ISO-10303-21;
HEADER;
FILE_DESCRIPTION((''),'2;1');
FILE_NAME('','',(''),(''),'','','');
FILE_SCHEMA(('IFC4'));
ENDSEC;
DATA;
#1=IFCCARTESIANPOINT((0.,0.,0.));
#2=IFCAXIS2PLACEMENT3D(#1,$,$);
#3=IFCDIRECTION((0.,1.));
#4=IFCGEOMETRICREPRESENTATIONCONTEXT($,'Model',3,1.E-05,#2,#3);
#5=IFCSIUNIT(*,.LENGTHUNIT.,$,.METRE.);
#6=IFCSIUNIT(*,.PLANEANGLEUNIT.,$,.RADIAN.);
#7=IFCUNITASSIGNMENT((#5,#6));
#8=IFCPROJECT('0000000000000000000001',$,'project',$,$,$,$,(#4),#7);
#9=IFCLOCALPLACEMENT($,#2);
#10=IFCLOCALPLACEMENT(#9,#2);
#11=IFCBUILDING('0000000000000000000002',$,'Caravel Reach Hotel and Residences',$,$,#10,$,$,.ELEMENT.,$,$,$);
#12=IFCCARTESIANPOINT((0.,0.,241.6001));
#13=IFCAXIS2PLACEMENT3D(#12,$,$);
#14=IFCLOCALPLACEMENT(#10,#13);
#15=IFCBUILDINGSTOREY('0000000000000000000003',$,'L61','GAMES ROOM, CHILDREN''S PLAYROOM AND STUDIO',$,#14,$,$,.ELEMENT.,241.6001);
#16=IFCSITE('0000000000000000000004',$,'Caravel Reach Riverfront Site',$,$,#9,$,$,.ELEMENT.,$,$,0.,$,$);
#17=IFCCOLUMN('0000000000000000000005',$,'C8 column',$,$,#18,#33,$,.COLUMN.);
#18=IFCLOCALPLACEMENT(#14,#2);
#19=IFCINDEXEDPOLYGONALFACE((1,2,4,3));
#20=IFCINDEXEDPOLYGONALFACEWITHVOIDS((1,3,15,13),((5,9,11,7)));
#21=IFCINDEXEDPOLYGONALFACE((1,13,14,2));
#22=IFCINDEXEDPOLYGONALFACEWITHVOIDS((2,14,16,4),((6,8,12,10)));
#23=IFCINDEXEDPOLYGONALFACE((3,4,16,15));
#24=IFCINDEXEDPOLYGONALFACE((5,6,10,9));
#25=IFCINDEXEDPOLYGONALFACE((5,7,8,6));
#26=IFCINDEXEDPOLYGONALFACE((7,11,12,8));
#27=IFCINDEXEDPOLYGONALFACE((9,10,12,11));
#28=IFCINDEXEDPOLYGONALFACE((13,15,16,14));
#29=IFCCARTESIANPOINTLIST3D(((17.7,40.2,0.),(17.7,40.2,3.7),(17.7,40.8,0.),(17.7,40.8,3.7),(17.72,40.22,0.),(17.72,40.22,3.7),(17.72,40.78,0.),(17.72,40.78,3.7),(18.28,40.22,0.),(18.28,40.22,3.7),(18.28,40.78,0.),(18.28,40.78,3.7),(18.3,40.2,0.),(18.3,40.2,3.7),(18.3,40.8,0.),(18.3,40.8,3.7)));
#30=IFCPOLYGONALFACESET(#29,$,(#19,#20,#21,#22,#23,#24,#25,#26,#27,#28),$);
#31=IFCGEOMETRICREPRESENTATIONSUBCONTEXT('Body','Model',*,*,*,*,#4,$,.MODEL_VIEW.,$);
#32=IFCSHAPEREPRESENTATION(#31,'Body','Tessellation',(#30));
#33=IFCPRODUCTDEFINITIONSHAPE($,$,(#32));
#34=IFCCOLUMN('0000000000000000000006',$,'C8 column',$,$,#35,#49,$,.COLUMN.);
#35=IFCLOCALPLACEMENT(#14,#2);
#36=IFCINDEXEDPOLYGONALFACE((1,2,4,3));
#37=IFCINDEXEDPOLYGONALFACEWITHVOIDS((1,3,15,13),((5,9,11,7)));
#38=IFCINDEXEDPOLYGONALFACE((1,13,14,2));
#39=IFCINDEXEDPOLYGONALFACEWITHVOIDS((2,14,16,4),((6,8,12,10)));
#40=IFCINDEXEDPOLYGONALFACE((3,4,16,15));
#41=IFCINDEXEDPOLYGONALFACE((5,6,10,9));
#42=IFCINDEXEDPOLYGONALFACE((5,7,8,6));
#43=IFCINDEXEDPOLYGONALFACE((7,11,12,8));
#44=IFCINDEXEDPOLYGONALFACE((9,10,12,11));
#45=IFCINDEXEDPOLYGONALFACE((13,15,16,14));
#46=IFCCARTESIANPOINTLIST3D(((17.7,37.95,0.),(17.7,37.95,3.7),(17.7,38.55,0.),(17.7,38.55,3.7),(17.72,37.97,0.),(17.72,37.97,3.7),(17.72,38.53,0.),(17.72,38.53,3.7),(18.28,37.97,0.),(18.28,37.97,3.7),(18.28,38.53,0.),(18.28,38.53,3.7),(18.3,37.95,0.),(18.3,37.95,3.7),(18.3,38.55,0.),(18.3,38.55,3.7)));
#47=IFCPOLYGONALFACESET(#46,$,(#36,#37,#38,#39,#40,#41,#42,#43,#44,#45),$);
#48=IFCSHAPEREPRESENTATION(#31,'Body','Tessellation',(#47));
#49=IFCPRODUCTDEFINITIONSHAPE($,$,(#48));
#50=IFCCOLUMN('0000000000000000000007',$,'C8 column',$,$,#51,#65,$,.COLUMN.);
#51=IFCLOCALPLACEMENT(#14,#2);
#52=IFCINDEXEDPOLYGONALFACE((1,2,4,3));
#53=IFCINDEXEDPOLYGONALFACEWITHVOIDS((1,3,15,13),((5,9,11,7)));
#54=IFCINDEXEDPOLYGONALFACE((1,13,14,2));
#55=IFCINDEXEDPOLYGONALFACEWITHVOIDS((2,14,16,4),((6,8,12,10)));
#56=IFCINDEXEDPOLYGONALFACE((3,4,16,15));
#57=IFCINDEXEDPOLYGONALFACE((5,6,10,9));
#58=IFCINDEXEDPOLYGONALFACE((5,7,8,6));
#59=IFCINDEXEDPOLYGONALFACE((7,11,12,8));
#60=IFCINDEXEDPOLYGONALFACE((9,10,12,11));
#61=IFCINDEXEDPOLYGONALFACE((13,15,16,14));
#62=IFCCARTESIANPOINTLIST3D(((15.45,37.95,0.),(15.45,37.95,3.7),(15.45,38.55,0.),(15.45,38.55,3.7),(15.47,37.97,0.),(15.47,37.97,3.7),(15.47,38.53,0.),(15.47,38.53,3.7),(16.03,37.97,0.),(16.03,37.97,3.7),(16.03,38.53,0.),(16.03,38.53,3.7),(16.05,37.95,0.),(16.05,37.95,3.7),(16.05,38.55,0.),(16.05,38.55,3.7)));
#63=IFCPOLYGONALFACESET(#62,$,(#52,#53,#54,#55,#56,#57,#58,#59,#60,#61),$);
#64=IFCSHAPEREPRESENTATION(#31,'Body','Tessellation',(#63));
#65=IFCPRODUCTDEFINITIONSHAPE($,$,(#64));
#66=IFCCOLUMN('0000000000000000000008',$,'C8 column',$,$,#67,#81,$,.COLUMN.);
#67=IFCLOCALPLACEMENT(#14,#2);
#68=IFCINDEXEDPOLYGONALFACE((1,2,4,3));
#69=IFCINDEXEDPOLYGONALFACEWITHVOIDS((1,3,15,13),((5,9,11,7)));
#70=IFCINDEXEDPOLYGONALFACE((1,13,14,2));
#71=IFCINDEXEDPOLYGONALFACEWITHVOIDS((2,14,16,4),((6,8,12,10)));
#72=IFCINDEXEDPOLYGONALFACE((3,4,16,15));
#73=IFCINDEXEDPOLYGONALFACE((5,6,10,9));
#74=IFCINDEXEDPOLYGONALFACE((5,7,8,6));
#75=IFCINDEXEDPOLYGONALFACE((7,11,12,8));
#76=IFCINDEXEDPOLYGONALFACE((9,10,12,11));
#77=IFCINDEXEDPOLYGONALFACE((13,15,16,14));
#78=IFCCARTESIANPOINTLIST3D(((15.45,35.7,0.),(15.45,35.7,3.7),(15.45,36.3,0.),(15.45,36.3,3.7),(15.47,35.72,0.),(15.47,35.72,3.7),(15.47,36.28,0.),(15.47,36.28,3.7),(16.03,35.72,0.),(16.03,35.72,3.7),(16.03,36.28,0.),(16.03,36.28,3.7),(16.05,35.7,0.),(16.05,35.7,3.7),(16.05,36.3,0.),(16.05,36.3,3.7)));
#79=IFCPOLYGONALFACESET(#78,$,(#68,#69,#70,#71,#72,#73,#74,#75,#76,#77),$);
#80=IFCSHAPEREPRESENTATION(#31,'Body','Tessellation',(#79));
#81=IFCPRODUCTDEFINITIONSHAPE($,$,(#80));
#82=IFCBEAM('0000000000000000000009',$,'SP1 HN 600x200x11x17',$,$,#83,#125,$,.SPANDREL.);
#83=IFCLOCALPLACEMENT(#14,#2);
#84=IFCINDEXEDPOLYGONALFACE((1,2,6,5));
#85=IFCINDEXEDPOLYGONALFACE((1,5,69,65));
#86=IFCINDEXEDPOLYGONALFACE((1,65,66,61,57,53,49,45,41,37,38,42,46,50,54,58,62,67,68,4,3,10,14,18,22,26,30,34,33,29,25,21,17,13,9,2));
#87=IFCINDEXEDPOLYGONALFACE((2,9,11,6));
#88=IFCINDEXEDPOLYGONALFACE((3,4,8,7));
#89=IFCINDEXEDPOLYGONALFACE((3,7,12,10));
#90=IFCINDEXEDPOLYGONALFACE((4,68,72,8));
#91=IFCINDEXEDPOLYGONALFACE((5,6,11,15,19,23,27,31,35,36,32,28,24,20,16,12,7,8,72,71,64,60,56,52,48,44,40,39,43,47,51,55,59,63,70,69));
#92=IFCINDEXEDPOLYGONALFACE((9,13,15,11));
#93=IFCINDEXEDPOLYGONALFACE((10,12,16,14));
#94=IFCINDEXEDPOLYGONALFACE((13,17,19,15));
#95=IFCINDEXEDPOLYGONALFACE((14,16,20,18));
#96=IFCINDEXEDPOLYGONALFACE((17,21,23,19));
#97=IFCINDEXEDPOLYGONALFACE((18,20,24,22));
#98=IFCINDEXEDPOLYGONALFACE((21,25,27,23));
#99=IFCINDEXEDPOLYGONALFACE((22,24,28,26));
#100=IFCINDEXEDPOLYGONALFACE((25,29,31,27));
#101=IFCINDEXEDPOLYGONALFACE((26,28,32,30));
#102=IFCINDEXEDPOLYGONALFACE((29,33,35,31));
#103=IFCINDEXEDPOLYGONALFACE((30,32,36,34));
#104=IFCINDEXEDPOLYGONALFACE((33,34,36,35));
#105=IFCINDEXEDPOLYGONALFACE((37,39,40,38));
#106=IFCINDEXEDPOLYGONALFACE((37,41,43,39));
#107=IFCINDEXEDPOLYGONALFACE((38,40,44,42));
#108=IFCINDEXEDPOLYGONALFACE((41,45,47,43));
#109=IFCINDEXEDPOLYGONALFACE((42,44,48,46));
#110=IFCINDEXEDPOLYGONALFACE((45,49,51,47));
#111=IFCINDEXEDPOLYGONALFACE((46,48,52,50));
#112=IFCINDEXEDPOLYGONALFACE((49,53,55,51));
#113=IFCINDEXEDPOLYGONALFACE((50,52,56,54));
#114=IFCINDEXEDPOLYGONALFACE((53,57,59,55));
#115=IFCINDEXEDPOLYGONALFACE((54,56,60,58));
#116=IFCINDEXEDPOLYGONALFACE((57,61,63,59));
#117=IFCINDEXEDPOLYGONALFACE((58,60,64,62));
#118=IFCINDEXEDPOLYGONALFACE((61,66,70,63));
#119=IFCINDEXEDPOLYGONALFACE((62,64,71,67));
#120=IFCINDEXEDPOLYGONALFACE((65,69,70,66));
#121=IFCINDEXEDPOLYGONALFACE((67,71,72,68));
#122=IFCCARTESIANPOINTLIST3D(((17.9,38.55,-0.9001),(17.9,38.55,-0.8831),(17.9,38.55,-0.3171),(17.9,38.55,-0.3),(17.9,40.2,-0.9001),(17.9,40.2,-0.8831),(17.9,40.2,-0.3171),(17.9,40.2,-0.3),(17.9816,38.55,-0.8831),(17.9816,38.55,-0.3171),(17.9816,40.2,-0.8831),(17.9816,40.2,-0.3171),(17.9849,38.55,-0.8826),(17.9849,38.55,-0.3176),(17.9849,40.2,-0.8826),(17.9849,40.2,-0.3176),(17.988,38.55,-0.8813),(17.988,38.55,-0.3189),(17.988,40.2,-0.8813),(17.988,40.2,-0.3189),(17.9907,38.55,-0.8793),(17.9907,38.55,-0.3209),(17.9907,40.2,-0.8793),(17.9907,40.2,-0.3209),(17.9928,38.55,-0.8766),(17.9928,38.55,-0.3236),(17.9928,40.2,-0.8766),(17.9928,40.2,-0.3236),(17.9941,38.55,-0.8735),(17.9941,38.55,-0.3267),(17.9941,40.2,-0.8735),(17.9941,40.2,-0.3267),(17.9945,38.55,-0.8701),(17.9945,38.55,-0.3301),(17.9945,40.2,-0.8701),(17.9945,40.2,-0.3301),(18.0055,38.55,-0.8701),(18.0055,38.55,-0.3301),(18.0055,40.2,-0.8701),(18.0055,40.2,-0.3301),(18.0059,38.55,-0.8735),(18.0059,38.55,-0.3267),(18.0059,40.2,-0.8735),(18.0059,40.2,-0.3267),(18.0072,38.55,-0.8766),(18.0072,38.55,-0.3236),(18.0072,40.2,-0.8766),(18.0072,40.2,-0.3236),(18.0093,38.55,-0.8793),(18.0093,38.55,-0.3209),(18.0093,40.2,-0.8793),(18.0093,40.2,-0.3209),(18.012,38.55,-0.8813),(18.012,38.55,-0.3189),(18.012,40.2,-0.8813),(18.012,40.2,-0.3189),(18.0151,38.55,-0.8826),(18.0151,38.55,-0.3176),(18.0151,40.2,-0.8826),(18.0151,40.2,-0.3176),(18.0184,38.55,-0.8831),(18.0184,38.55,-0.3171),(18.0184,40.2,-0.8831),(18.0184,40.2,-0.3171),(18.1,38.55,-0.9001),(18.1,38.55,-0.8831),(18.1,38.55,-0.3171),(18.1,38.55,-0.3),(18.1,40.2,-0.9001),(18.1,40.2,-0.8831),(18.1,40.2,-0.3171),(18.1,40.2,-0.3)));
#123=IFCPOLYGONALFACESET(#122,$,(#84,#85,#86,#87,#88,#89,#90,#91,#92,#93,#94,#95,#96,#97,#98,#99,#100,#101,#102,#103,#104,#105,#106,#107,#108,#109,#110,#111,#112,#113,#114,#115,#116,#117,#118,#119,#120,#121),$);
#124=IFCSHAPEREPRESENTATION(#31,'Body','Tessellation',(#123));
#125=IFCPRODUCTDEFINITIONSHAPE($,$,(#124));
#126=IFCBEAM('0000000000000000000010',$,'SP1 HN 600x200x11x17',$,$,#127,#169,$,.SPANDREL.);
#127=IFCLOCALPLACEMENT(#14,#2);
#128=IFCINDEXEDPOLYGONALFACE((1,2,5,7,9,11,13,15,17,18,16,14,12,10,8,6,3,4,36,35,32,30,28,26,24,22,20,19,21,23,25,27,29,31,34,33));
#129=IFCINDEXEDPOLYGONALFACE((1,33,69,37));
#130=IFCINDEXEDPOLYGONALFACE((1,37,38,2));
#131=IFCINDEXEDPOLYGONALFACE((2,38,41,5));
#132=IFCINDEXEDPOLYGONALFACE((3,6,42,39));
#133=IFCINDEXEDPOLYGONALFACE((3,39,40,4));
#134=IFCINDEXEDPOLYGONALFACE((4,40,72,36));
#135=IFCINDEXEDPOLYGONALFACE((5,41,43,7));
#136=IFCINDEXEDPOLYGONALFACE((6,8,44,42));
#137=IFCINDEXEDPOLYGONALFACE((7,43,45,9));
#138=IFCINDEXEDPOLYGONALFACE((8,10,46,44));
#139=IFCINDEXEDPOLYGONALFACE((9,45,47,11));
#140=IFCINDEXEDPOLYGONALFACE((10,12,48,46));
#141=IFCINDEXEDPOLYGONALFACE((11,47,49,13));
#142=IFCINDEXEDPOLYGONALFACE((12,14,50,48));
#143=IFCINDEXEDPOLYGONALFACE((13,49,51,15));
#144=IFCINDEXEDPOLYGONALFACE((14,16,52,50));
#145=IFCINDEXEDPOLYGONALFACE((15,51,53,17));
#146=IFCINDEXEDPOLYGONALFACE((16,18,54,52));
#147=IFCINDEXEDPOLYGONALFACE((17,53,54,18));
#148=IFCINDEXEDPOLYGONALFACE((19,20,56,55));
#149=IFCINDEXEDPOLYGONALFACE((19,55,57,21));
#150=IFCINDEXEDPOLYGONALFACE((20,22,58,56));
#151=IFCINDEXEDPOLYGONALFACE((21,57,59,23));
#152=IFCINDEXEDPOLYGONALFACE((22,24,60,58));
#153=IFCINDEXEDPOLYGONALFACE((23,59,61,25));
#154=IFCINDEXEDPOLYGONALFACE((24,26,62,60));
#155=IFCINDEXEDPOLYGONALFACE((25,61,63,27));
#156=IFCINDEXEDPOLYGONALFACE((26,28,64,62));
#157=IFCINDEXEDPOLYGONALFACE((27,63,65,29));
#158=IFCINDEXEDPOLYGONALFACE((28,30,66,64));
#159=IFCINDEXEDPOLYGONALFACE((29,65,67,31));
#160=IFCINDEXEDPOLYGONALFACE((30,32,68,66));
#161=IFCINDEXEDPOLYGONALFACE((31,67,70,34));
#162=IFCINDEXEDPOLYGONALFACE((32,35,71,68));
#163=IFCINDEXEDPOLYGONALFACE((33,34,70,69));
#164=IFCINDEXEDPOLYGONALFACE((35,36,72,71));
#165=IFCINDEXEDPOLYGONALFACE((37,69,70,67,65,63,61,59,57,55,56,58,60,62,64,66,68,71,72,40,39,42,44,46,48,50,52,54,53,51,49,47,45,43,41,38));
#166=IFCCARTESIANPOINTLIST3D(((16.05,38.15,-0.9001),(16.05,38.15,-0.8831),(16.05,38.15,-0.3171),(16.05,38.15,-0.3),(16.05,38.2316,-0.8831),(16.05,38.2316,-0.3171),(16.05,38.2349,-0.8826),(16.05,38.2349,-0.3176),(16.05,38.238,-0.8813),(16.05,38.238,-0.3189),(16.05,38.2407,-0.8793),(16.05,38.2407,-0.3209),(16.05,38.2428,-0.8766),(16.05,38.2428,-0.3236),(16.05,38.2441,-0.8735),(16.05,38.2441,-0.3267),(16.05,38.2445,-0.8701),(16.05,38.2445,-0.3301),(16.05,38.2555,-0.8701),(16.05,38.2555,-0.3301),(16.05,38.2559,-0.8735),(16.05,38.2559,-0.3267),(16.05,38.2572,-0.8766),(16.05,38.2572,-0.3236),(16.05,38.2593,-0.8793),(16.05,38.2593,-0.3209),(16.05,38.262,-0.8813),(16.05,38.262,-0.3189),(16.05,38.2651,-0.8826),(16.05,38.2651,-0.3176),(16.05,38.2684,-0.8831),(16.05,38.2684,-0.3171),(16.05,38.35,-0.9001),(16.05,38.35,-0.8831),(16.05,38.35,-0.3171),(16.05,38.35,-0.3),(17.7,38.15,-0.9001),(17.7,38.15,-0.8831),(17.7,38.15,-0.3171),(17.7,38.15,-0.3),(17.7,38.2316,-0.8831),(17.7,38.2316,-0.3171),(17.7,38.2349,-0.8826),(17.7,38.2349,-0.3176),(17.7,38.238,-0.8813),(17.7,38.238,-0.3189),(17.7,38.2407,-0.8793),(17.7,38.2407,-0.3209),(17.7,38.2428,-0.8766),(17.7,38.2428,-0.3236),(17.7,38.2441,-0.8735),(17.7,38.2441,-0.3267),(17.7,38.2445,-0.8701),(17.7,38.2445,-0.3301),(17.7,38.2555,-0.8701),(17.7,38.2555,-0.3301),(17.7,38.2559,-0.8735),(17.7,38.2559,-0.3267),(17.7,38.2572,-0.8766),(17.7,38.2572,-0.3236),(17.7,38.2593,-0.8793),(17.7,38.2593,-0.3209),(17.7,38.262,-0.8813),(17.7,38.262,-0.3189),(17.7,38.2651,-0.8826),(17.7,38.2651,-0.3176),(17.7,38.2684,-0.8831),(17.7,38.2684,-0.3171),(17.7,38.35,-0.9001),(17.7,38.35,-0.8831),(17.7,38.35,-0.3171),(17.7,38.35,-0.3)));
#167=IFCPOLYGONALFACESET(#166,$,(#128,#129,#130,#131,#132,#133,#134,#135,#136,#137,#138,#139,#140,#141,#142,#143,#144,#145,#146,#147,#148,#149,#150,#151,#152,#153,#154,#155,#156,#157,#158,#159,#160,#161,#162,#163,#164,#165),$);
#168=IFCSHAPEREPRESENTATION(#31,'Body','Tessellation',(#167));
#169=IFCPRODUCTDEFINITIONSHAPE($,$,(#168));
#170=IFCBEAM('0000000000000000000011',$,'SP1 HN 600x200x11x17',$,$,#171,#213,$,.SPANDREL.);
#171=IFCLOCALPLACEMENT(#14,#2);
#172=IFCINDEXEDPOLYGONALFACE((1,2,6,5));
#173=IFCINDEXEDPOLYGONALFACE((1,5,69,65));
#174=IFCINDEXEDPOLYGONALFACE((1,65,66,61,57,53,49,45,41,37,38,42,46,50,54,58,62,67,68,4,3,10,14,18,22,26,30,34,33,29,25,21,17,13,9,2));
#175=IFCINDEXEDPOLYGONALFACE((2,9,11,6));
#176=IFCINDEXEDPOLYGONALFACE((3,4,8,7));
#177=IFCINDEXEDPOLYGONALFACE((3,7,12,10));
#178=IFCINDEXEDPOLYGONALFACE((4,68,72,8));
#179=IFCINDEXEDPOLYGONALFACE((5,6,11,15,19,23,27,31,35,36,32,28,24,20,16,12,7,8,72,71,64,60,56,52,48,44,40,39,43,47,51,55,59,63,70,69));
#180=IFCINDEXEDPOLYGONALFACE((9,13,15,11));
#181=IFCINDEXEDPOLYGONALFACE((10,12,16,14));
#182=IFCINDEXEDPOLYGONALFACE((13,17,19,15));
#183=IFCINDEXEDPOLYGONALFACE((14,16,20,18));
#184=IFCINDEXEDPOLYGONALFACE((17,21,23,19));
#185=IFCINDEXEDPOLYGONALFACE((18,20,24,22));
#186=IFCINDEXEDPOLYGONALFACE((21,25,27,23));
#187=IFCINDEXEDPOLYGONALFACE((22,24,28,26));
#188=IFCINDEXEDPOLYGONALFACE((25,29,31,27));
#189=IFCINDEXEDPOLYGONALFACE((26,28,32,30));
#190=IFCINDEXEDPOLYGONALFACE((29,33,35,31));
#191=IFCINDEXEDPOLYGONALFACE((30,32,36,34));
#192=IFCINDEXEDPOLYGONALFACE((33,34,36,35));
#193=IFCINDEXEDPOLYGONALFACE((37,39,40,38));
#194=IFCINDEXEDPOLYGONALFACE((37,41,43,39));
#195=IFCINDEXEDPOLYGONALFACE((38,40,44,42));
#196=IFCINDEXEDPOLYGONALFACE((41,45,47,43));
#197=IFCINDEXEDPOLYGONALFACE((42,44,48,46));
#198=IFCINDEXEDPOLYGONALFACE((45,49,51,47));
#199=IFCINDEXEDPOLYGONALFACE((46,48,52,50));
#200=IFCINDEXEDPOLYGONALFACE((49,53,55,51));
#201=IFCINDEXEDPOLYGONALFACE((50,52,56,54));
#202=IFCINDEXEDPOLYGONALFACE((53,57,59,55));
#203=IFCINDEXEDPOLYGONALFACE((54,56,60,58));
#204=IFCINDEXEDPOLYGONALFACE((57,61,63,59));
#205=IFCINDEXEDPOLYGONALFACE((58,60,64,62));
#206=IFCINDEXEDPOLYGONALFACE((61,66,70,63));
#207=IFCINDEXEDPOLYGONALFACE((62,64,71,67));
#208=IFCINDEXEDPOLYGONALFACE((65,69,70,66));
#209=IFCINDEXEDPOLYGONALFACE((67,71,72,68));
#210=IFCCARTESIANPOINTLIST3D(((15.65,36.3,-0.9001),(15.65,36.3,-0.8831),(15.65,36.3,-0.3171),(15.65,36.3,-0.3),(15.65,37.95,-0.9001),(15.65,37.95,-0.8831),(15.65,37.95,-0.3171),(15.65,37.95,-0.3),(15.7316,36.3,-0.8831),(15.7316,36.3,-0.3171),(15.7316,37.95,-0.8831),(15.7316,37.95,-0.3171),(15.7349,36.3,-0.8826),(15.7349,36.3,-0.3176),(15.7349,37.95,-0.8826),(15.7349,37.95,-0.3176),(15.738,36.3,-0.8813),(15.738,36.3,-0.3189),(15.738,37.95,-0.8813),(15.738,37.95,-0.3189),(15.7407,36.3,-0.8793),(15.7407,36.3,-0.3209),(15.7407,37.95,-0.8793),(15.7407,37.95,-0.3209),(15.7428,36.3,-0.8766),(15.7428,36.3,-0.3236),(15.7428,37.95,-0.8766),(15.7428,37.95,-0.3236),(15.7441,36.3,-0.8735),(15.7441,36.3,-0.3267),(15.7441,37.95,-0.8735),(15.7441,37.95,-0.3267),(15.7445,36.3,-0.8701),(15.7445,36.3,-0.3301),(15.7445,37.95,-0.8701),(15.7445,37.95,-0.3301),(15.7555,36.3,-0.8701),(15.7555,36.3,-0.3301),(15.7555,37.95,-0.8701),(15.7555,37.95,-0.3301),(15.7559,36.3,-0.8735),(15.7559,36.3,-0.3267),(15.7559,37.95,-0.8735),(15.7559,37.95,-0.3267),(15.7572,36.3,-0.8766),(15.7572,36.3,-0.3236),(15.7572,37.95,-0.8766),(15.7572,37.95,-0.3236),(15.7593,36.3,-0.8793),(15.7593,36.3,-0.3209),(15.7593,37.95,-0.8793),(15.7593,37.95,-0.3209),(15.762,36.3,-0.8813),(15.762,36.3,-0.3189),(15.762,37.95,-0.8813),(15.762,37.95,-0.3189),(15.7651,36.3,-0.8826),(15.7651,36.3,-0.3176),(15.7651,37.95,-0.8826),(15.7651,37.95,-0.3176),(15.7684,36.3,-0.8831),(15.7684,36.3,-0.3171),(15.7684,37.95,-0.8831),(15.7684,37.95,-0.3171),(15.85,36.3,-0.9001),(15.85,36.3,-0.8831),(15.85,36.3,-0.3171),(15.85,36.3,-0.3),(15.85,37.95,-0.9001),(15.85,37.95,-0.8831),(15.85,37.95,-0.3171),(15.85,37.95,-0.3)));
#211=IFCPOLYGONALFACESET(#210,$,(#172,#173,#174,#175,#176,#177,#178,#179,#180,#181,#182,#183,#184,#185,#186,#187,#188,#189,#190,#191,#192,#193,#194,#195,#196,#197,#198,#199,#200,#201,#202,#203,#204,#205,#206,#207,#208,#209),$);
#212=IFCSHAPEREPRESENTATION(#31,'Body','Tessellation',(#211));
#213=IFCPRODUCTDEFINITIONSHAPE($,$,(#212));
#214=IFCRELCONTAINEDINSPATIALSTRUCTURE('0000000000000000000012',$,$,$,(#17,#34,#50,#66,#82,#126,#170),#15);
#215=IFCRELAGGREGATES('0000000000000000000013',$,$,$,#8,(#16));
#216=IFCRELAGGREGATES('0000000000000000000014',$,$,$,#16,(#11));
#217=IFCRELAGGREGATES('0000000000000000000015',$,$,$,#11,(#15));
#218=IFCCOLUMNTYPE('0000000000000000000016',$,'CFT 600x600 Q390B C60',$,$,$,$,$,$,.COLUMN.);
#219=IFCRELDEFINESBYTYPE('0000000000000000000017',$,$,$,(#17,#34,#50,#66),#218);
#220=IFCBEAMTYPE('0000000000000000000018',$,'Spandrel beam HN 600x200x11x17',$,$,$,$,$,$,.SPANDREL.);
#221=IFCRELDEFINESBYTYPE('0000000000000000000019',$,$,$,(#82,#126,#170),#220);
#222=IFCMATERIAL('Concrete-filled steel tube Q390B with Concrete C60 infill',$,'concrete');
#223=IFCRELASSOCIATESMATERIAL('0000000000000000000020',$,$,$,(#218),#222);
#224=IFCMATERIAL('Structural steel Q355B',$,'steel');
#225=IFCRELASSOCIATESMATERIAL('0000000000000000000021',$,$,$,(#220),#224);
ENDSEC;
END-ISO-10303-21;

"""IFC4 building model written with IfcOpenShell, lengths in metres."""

from ifc_helpers import new_model, si_unit, direction, frame, origin, origin_2d, place, context, subcontext, project, spatial, hollow_rectangle, i_section, extrude, material, material_profile, profile_set, type_object, element, save


model = new_model("IFC4")

# Units and contexts
model_context = context("Model", 3, precision=1e-05, world=origin(), true_north=direction((0.0, 1.0)))
body_context = subcontext(model_context, "Body", "Model", "MODEL_VIEW")
ifc_project = project(units=[si_unit("LENGTHUNIT", "METRE"), si_unit("PLANEANGLEUNIT", "RADIAN")], contexts=[model_context])

# Site, building, storey
site_placement = place(None, origin())
site = spatial("IfcSite", under=ifc_project, at=site_placement, Name="Caravel Reach Riverfront Site", CompositionType="ELEMENT", RefElevation=0.0)
building_placement = place(site_placement, origin())
building = spatial("IfcBuilding", under=site, at=building_placement, Name="Caravel Reach Hotel and Residences", CompositionType="ELEMENT")
storey_placement = place(building_placement, frame((0.0, 0.0, 241.6001)))
storey = spatial("IfcBuildingStorey", under=building, at=storey_placement, Name="L61", Description="GAMES ROOM, CHILDREN'S PLAYROOM AND STUDIO", CompositionType="ELEMENT", Elevation=241.6001)

# Columns
ifc_material_1 = material(Name="Concrete-filled steel tube Q390B with Concrete C60 infill", Category="concrete")
ifc_material_profile_1 = material_profile(ifc_material_1, hollow_rectangle(XDim=0.6001, YDim=0.6001, WallThickness=0.02, at=origin_2d()), Name="RHS 600x600x20")
ifc_profile_set_1 = profile_set([ifc_material_profile_1], Name="Concrete-filled steel tube Q390B with Concrete C60 infill")
column_type = type_object("IfcColumnType", Name="CFT 600x600 Q390B C60", PredefinedType="COLUMN", material=ifc_profile_set_1)
for number, where, z_axis, x_axis, name in (
    (1, (18.0, 40.5, 0.0), (0.0, 0.0, 1.0), (1.0, 0.0, 0.0), "C8 column"),
    (2, (18.0, 38.25, 0.0), (0.0, 0.0, 1.0), (1.0, 0.0, 0.0), "C8 column"),
    (3, (15.75, 38.25, 0.0), (0.0, 0.0, 1.0), (1.0, 0.0, 0.0), "C8 column"),
    (4, (15.75, 36.0, 0.0), (0.0, 0.0, 1.0), (1.0, 0.0, 0.0), "C8 column"),
):
    element("IfcColumn", number, at=place(storey_placement, frame(where, z_axis=z_axis, x_axis=x_axis)), inside=storey, type_object=column_type, Name=name, PredefinedType="COLUMN", context=body_context, shape_type="SweptSolid", body=[
        extrude(hollow_rectangle(XDim=0.6001, YDim=0.6001, WallThickness=0.02, at=origin_2d()), origin(), (0.0, 0.0, 1.0), 3.7),
    ])

# Beams
ifc_material_2 = material(Name="Structural steel Q355B", Category="steel")
ifc_material_profile_2 = material_profile(ifc_material_2, i_section(OverallWidth=0.2, OverallDepth=0.6001, WebThickness=0.011, FlangeThickness=0.0171, FilletRadius=0.0129, at=origin_2d()), Name="HN 600x200x11x17")
ifc_profile_set_2 = profile_set([ifc_material_profile_2], Name="Structural steel Q355B")
beam_type = type_object("IfcBeamType", Name="Spandrel beam HN 600x200x11x17", PredefinedType="SPANDREL", material=ifc_profile_set_2)
for number, where, z_axis, x_axis, name in (
    (5, (18.0, 40.2, -0.6001), (0.0, -1.0, 0.0), (1.0, 0.0, 0.0), "SP1 HN 600x200x11x17"),
    (6, (17.7, 38.25, -0.6001), (-1.0, 0.0, 0.0), (0.0, -1.0, 0.0), "SP1 HN 600x200x11x17"),
    (7, (15.75, 37.95, -0.6001), (0.0, -1.0, 0.0), (1.0, 0.0, 0.0), "SP1 HN 600x200x11x17"),
):
    element("IfcBeam", number, at=place(storey_placement, frame(where, z_axis=z_axis, x_axis=x_axis)), inside=storey, type_object=beam_type, Name=name, PredefinedType="SPANDREL", context=body_context, shape_type="SweptSolid", body=[
        extrude(i_section(OverallWidth=0.2, OverallDepth=0.6001, WebThickness=0.011, FlangeThickness=0.0171, FilletRadius=0.0129, at=origin_2d()), origin(), (0.0, 0.0, 1.0), 1.6499),
    ])

save(model, "model.ifc")
